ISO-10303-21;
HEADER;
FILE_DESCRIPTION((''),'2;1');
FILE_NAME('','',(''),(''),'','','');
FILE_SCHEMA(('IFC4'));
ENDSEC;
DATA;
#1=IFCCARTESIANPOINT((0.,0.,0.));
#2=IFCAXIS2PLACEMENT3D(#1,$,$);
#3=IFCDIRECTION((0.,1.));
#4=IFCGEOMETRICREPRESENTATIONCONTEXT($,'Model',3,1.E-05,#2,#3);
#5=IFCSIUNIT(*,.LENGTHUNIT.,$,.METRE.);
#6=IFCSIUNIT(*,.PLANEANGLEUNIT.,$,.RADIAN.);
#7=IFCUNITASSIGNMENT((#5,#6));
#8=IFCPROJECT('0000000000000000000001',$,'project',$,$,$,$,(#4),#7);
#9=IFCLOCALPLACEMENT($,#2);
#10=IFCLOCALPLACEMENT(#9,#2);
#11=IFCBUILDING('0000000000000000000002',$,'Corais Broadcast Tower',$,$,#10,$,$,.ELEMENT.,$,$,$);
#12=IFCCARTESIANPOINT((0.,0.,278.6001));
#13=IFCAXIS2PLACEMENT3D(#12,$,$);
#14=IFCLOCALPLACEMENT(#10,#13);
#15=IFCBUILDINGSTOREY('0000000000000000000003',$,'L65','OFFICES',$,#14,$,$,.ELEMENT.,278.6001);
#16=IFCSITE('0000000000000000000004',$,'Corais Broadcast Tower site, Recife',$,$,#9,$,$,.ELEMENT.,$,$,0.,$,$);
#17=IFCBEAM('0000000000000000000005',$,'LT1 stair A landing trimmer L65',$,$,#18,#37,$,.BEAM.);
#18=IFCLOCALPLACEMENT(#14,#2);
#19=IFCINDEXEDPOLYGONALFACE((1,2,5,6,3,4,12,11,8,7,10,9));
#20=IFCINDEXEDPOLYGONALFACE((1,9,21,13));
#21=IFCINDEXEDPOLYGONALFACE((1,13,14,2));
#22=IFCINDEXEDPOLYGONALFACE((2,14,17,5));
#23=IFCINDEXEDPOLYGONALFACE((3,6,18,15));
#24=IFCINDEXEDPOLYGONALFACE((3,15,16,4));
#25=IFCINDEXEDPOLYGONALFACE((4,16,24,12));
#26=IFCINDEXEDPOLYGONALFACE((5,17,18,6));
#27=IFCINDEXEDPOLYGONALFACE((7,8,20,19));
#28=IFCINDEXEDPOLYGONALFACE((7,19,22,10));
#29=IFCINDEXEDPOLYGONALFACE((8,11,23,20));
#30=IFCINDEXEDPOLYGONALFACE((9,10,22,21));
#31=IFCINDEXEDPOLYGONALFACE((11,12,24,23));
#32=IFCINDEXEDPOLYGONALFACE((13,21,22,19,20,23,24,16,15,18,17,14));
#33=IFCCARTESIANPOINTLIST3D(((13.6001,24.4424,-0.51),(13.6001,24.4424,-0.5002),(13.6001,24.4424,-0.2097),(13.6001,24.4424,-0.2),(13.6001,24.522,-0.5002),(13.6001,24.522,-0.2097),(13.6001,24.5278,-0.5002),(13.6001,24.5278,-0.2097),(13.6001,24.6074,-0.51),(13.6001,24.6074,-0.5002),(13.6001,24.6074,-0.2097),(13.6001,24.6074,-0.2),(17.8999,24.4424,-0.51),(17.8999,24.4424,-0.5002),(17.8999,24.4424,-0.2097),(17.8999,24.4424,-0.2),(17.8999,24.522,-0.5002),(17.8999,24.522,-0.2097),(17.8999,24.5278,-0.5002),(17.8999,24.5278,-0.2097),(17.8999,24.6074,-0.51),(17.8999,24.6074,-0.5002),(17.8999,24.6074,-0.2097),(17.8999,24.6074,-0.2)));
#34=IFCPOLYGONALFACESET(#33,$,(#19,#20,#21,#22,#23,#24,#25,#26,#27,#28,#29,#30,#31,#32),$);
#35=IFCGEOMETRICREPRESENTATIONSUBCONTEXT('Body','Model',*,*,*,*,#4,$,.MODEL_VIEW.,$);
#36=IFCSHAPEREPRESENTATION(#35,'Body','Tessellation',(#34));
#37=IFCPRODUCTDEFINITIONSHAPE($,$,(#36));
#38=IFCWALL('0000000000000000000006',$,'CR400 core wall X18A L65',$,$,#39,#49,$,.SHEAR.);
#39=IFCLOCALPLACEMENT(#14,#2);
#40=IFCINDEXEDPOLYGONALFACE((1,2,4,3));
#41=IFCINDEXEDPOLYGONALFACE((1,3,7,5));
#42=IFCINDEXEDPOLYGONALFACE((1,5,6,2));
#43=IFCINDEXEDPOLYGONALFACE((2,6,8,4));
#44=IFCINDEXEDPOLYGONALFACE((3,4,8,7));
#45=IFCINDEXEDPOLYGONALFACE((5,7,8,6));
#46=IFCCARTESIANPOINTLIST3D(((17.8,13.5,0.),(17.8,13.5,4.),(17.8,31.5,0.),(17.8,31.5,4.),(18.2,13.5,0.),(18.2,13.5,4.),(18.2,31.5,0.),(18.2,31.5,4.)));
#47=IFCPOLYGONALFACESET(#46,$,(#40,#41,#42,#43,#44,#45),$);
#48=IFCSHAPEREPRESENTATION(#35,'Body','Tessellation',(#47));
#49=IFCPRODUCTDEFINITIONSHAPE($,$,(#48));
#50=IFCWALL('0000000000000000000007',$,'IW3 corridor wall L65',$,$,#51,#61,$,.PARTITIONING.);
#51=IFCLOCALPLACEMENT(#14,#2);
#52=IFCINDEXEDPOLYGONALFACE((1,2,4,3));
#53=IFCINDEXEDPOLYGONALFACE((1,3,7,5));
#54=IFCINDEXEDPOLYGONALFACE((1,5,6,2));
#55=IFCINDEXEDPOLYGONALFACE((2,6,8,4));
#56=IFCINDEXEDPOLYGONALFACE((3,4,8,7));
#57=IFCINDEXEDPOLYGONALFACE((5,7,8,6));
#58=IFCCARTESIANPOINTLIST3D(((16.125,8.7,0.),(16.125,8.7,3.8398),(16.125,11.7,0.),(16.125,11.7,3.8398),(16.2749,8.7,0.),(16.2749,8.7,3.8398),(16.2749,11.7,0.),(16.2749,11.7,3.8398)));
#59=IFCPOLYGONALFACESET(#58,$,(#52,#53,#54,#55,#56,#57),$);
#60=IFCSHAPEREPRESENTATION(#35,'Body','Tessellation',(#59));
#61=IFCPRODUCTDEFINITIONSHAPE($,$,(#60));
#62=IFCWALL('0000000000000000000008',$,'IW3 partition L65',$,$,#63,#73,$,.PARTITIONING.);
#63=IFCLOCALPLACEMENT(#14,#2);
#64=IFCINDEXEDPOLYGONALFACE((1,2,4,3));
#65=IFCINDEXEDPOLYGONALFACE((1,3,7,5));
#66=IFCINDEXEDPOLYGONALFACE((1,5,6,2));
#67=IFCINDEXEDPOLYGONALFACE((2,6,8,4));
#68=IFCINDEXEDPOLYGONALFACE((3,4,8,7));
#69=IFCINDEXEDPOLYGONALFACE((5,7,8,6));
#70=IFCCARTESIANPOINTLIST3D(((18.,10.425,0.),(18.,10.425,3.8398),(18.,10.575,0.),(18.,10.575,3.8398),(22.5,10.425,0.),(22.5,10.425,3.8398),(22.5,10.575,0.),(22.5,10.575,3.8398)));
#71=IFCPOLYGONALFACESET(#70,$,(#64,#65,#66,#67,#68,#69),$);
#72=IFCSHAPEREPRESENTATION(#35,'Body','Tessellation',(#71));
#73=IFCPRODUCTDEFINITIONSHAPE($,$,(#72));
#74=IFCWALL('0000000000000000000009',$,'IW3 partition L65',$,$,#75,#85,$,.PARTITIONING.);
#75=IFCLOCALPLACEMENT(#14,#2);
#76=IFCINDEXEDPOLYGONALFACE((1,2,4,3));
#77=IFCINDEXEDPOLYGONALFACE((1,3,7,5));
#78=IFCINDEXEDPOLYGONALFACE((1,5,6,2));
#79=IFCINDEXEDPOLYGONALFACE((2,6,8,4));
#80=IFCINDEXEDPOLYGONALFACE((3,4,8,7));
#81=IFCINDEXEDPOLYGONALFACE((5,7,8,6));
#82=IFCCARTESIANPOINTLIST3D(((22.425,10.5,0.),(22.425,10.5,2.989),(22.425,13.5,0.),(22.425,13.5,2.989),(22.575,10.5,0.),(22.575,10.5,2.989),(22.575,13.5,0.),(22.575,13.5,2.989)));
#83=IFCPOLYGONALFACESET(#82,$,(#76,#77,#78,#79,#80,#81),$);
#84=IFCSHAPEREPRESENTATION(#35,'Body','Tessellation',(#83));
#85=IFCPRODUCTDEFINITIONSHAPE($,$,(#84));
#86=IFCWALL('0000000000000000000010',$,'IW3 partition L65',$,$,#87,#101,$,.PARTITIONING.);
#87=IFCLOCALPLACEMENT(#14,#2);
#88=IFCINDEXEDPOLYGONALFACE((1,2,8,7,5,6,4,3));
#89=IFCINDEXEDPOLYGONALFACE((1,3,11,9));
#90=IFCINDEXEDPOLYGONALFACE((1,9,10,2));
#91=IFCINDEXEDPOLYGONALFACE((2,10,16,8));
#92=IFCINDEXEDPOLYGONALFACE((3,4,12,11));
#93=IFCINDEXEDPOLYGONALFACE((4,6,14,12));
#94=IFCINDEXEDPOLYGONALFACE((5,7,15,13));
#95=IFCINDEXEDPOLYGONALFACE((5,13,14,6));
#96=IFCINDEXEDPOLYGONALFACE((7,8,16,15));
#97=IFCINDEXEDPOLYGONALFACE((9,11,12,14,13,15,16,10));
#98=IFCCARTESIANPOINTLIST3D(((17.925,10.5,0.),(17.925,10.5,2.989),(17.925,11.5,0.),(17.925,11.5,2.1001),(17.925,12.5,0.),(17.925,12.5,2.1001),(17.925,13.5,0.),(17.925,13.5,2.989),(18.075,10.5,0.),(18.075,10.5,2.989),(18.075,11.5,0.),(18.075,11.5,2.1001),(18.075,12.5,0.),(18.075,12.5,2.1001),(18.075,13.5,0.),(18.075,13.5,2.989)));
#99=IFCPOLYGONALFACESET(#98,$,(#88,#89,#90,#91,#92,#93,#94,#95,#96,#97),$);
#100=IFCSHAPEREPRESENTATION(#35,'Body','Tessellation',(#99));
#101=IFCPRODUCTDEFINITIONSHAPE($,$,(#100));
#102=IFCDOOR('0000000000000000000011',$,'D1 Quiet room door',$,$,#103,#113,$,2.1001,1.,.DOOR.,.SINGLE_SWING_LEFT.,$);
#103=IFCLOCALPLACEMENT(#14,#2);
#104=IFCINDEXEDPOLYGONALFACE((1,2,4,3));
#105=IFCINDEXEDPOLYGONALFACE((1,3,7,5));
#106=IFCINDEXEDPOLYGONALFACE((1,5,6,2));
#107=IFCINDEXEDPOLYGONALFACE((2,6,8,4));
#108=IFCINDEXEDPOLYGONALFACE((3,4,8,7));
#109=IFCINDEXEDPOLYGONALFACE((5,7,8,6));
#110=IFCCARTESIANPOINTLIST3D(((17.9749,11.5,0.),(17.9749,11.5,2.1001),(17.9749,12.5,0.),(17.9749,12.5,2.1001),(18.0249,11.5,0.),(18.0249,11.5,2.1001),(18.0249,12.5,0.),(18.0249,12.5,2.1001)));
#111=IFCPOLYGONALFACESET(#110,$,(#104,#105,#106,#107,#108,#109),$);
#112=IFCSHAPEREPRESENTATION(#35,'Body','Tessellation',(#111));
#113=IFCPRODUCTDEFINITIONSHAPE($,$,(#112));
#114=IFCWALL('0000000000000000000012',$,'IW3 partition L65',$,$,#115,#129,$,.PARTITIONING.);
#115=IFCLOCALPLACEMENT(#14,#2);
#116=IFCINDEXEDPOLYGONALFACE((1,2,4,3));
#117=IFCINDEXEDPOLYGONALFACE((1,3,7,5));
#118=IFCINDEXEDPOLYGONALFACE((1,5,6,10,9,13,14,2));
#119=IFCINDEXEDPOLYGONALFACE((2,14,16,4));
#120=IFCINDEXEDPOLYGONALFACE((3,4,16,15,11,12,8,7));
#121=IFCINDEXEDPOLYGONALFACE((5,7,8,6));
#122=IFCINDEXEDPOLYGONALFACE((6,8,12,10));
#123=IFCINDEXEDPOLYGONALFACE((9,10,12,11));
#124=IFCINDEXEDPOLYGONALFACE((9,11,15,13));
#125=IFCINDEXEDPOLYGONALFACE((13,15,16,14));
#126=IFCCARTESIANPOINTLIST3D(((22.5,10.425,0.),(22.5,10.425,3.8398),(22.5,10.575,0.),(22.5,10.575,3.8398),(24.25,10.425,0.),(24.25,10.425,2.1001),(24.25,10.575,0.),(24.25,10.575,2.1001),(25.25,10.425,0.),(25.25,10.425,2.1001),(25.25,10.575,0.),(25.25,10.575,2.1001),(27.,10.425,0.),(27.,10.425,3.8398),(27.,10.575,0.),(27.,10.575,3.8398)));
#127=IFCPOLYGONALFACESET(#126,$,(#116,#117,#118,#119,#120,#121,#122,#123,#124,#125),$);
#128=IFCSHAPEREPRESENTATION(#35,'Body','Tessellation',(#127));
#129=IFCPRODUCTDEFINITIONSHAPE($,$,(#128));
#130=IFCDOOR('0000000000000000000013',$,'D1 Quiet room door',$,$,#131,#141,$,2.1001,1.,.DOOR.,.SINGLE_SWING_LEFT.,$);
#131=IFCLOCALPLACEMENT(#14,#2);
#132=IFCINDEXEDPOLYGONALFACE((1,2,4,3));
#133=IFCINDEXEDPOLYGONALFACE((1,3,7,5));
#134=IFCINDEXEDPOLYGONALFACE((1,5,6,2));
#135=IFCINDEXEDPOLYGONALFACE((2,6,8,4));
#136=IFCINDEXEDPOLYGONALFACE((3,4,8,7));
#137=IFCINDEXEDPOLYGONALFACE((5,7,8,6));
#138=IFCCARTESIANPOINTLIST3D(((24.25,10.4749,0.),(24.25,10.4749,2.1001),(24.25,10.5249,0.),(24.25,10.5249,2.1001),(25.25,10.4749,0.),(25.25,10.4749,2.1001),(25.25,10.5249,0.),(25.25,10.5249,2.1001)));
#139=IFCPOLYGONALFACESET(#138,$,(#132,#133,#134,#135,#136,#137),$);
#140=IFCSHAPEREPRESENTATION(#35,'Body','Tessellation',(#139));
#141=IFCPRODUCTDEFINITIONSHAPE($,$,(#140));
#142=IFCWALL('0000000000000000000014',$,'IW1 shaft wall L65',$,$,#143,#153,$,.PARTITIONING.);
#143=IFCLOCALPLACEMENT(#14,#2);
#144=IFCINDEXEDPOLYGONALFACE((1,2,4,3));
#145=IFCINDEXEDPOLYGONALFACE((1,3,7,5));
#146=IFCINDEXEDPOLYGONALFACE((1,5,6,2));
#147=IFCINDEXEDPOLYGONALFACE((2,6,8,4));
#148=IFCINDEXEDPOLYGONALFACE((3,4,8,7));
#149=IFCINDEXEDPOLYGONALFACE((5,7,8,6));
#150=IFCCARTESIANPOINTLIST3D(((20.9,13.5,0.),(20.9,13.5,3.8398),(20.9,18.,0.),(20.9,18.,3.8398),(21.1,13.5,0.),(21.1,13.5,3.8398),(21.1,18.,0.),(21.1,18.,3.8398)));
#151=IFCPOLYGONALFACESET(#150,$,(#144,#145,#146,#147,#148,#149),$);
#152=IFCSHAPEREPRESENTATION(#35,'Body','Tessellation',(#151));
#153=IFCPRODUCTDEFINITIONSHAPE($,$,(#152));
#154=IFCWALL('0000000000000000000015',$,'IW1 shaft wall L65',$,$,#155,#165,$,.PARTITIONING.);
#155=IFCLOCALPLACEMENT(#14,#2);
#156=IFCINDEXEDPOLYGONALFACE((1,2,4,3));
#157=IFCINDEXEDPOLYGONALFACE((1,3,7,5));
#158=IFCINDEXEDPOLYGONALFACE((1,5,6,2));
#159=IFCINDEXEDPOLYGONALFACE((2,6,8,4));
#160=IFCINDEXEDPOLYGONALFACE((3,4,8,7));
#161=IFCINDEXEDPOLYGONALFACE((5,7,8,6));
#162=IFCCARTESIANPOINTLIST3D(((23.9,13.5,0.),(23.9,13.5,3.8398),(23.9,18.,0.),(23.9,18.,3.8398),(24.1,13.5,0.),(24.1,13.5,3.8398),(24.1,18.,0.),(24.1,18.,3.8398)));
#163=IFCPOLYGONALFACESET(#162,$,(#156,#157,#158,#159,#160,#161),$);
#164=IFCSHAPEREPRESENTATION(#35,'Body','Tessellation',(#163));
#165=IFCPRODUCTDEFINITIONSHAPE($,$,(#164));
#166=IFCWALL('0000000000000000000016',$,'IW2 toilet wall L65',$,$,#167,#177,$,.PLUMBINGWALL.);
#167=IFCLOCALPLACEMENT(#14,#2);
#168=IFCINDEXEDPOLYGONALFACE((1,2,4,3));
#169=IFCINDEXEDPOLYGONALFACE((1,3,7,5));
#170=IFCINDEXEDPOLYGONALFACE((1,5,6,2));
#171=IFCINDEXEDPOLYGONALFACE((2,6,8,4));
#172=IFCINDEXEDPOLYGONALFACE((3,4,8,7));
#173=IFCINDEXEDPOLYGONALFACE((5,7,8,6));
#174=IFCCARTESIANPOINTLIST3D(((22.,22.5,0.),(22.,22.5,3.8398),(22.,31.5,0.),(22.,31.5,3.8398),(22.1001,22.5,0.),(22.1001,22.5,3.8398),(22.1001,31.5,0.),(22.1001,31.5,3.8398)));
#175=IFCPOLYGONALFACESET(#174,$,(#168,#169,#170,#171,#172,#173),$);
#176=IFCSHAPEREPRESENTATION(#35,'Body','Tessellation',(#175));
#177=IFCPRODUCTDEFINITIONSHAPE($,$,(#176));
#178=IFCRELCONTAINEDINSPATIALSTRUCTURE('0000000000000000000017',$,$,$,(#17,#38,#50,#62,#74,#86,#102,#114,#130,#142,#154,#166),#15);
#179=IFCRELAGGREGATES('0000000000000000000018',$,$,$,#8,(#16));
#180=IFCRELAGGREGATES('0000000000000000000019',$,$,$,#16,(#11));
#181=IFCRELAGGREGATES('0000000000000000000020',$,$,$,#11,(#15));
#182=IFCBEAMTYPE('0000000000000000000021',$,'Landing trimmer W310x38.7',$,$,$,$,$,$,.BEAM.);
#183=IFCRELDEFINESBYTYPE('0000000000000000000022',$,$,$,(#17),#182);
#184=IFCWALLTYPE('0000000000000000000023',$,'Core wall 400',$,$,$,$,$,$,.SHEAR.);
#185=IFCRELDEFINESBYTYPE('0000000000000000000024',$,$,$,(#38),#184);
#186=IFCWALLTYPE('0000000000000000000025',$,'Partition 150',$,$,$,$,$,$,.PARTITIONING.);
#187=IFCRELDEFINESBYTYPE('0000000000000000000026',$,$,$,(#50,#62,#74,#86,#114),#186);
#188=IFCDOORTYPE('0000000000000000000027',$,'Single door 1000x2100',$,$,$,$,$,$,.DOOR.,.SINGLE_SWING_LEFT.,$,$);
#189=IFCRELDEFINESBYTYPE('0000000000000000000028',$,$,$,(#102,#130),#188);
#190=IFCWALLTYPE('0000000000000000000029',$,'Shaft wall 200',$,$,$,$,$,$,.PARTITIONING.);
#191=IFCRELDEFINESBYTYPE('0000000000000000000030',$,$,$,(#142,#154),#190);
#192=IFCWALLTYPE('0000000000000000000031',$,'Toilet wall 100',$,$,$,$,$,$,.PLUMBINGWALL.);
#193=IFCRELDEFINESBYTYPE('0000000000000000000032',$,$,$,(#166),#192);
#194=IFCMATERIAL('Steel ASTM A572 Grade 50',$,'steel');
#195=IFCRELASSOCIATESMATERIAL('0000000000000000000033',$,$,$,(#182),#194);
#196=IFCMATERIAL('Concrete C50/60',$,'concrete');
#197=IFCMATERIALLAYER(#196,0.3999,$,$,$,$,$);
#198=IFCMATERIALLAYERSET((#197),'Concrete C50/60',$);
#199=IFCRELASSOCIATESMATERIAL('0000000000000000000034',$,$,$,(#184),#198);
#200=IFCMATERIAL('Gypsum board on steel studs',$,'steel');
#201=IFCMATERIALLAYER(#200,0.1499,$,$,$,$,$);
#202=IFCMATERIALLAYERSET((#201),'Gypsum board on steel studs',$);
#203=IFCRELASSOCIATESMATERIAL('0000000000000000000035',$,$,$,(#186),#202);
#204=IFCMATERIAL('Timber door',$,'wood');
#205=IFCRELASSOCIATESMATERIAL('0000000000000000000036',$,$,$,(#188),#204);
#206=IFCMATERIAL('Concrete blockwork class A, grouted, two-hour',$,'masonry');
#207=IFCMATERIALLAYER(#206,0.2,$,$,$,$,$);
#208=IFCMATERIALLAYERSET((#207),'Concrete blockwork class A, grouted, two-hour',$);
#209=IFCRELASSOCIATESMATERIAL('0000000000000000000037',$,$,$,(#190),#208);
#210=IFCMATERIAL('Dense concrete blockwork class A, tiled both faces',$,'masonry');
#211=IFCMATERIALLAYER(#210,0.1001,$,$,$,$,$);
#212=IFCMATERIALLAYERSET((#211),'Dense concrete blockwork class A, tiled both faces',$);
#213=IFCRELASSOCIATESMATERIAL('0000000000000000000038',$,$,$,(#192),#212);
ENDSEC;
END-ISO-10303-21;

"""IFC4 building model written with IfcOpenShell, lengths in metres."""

from ifc_helpers import new_model, si_unit, direction, frame, frame_2d, origin, origin_2d, place, context, subcontext, project, spatial, rectangle, i_section, extrude, material, layer, layer_set, material_profile, profile_set, type_object, element, fill, save


model = new_model("IFC4")

# Units and contexts
model_context = context("Model", 3, precision=1e-05, world=origin(), true_north=direction((0.0, 1.0)))
body_context = subcontext(model_context, "Body", "Model", "MODEL_VIEW")
ifc_project = project(units=[si_unit("LENGTHUNIT", "METRE"), si_unit("PLANEANGLEUNIT", "RADIAN")], contexts=[model_context])

# Site, building, storey
site_placement = place(None, origin())
site = spatial("IfcSite", under=ifc_project, at=site_placement, Name="Corais Broadcast Tower site, Recife", CompositionType="ELEMENT", RefElevation=0.0)
building_placement = place(site_placement, origin())
building = spatial("IfcBuilding", under=site, at=building_placement, Name="Corais Broadcast Tower", CompositionType="ELEMENT")
storey_placement = place(building_placement, frame((0.0, 0.0, 278.6001)))
storey = spatial("IfcBuildingStorey", under=building, at=storey_placement, Name="L65", Description="OFFICES", CompositionType="ELEMENT", Elevation=278.6001)

# Beam
ifc_material_1 = material(Name="Steel ASTM A572 Grade 50", Category="steel")
ifc_material_profile = material_profile(ifc_material_1, i_section(OverallWidth=0.165, OverallDepth=0.3101, WebThickness=0.0059, FlangeThickness=0.0098, at=origin_2d()), Name="W310x38.7")
ifc_profile_set = profile_set([ifc_material_profile], Name="Steel ASTM A572 Grade 50")
beam_type = type_object("IfcBeamType", Name="Landing trimmer W310x38.7", PredefinedType="BEAM", material=ifc_profile_set)
beam_placement = place(storey_placement, frame((13.6001, 24.5249, -0.355), z_axis=(1.0, 0.0, 0.0), x_axis=(0.0, 1.0, 0.0)))
element("IfcBeam", 1, at=beam_placement, inside=storey, type_object=beam_type, Name="LT1 stair A landing trimmer L65", PredefinedType="BEAM", context=body_context, shape_type="SweptSolid", body=[
    extrude(i_section(OverallWidth=0.165, OverallDepth=0.3101, WebThickness=0.0059, FlangeThickness=0.0098, at=origin_2d()), origin(), (0.0, 0.0, 1.0), 4.2998),
])

# Walls
ifc_material_2 = material(Name="Concrete C50/60", Category="concrete")
ifc_layer_1 = layer(ifc_material_2, 0.3999)
ifc_layer_set_1 = layer_set([ifc_layer_1], Name="Concrete C50/60")
wall_type_1 = type_object("IfcWallType", Name="Core wall 400", PredefinedType="SHEAR", material=ifc_layer_set_1)
wall_1_placement = place(storey_placement, frame((18.0, 13.5, 0.0), z_axis=(0.0, 0.0, 1.0), x_axis=(0.0, 1.0, 0.0)))
element("IfcWall", 2, at=wall_1_placement, inside=storey, type_object=wall_type_1, Name="CR400 core wall X18A L65", PredefinedType="SHEAR", context=body_context, shape_type="SweptSolid", body=[
    extrude(rectangle(XDim=18.0, YDim=0.3999, at=frame_2d((9.0, 0.0))), origin(), (0.0, 0.0, 1.0), 4.0),
])
ifc_material_3 = material(Name="Gypsum board on steel studs", Category="steel")
ifc_layer_2 = layer(ifc_material_3, 0.1499)
ifc_layer_set_2 = layer_set([ifc_layer_2], Name="Gypsum board on steel studs")
wall_type_2 = type_object("IfcWallType", Name="Partition 150", PredefinedType="PARTITIONING", material=ifc_layer_set_2)
wall_2_placement = place(storey_placement, frame((16.2, 11.7, 0.0), z_axis=(0.0, 0.0, 1.0), x_axis=(0.0, -1.0, 0.0)))
element("IfcWall", 3, at=wall_2_placement, inside=storey, type_object=wall_type_2, Name="IW3 corridor wall L65", PredefinedType="PARTITIONING", context=body_context, shape_type="SweptSolid", body=[
    extrude(rectangle(XDim=3.0, YDim=0.1499, at=frame_2d((1.5, 0.0))), origin(), (0.0, 0.0, 1.0), 3.8398),
])
wall_3_placement = place(storey_placement, frame((18.0, 10.5, 0.0), z_axis=(0.0, 0.0, 1.0), x_axis=(1.0, 0.0, 0.0)))
element("IfcWall", 4, at=wall_3_placement, inside=storey, type_object=wall_type_2, Name="IW3 partition L65", PredefinedType="PARTITIONING", context=body_context, shape_type="SweptSolid", body=[
    extrude(rectangle(XDim=4.5, YDim=0.1499, at=frame_2d((2.25, 0.0))), origin(), (0.0, 0.0, 1.0), 3.8398),
])
wall_4_placement = place(storey_placement, frame((22.5, 10.5, 0.0), z_axis=(0.0, 0.0, 1.0), x_axis=(0.0, 1.0, 0.0)))
element("IfcWall", 5, at=wall_4_placement, inside=storey, type_object=wall_type_2, Name="IW3 partition L65", PredefinedType="PARTITIONING", context=body_context, shape_type="SweptSolid", body=[
    extrude(rectangle(XDim=3.0, YDim=0.1499, at=frame_2d((1.5, 0.0))), origin(), (0.0, 0.0, 1.0), 2.989),
])

# Walls, openings, doors
wall_5_placement = place(storey_placement, frame((18.0, 13.5, 0.0), z_axis=(0.0, 0.0, 1.0), x_axis=(0.0, -1.0, 0.0)))
wall_5 = element("IfcWall", 6, at=wall_5_placement, inside=storey, type_object=wall_type_2, Name="IW3 partition L65", PredefinedType="PARTITIONING", context=body_context, shape_type="SweptSolid", body=[
    extrude(rectangle(XDim=3.0, YDim=0.1499, at=frame_2d((1.5, 0.0))), origin(), (0.0, 0.0, 1.0), 2.989),
])
opening_1_placement = place(wall_5_placement, frame((1.0, 0.0, 0.0)))
opening_1 = element("IfcOpeningElement", 7, at=opening_1_placement, cuts=wall_5, PredefinedType="OPENING", context=body_context, shape_type="SweptSolid", body=[
    extrude(rectangle(XDim=1.0, YDim=2.1001, at=frame_2d((0.5, 1.05))), frame((0.0, 0.085, 0.0), z_axis=(0.0, -1.0, 0.0), x_axis=(1.0, 0.0, 0.0)), (0.0, 0.0, 1.0), 0.1699),
])
ifc_material_4 = material(Name="Timber door", Category="wood")
door_type = type_object("IfcDoorType", Name="Single door 1000x2100", OperationType="SINGLE_SWING_LEFT", PredefinedType="DOOR", material=ifc_material_4)
door_1_placement = place(opening_1_placement, origin())
door_1 = element("IfcDoor", 8, at=door_1_placement, inside=storey, type_object=door_type, Name="D1 Quiet room door", OperationType="SINGLE_SWING_LEFT", OverallHeight=2.1001, OverallWidth=1.0, PredefinedType="DOOR", context=body_context, shape_type="SweptSolid", body=[
    extrude(rectangle(XDim=1.0, YDim=2.1001, at=frame_2d((0.5, 1.05))), frame((0.0, 0.0249, 0.0), z_axis=(0.0, -1.0, 0.0), x_axis=(1.0, 0.0, 0.0)), (0.0, 0.0, 1.0), 0.05),
])
fill(opening_1, door_1)
wall_6_placement = place(storey_placement, frame((22.5, 10.5, 0.0), z_axis=(0.0, 0.0, 1.0), x_axis=(1.0, 0.0, 0.0)))
wall_6 = element("IfcWall", 9, at=wall_6_placement, inside=storey, type_object=wall_type_2, Name="IW3 partition L65", PredefinedType="PARTITIONING", context=body_context, shape_type="SweptSolid", body=[
    extrude(rectangle(XDim=4.5, YDim=0.1499, at=frame_2d((2.25, 0.0))), origin(), (0.0, 0.0, 1.0), 3.8398),
])
opening_2_placement = place(wall_6_placement, frame((1.75, 0.0, 0.0)))
opening_2 = element("IfcOpeningElement", 10, at=opening_2_placement, cuts=wall_6, PredefinedType="OPENING", context=body_context, shape_type="SweptSolid", body=[
    extrude(rectangle(XDim=1.0, YDim=2.1001, at=frame_2d((0.5, 1.05))), frame((0.0, 0.085, 0.0), z_axis=(0.0, -1.0, 0.0), x_axis=(1.0, 0.0, 0.0)), (0.0, 0.0, 1.0), 0.1699),
])
door_2_placement = place(opening_2_placement, origin())
door_2 = element("IfcDoor", 11, at=door_2_placement, inside=storey, type_object=door_type, Name="D1 Quiet room door", OperationType="SINGLE_SWING_LEFT", OverallHeight=2.1001, OverallWidth=1.0, PredefinedType="DOOR", context=body_context, shape_type="SweptSolid", body=[
    extrude(rectangle(XDim=1.0, YDim=2.1001, at=frame_2d((0.5, 1.05))), frame((0.0, 0.0249, 0.0), z_axis=(0.0, -1.0, 0.0), x_axis=(1.0, 0.0, 0.0)), (0.0, 0.0, 1.0), 0.05),
])
fill(opening_2, door_2)

# Walls
ifc_material_5 = material(Name="Concrete blockwork class A, grouted, two-hour", Category="masonry")
ifc_layer_3 = layer(ifc_material_5, 0.2)
ifc_layer_set_3 = layer_set([ifc_layer_3], Name="Concrete blockwork class A, grouted, two-hour")
wall_type_3 = type_object("IfcWallType", Name="Shaft wall 200", PredefinedType="PARTITIONING", material=ifc_layer_set_3)
for number, where, z_axis, x_axis, name in (
    (12, (21.0, 13.5, 0.0), (0.0, 0.0, 1.0), (0.0, 1.0, 0.0), "IW1 shaft wall L65"),
    (13, (24.0, 13.5, 0.0), (0.0, 0.0, 1.0), (0.0, 1.0, 0.0), "IW1 shaft wall L65"),
):
    element("IfcWall", number, at=place(storey_placement, frame(where, z_axis=z_axis, x_axis=x_axis)), inside=storey, type_object=wall_type_3, Name=name, PredefinedType="PARTITIONING", context=body_context, shape_type="SweptSolid", body=[
        extrude(rectangle(XDim=4.5, YDim=0.2, at=frame_2d((2.25, 0.0))), origin(), (0.0, 0.0, 1.0), 3.8398),
    ])
ifc_material_6 = material(Name="Dense concrete blockwork class A, tiled both faces", Category="masonry")
ifc_layer_4 = layer(ifc_material_6, 0.1001)
ifc_layer_set_4 = layer_set([ifc_layer_4], Name="Dense concrete blockwork class A, tiled both faces")
wall_type_4 = type_object("IfcWallType", Name="Toilet wall 100", PredefinedType="PLUMBINGWALL", material=ifc_layer_set_4)
wall_7_placement = place(storey_placement, frame((22.05, 22.5, 0.0), z_axis=(0.0, 0.0, 1.0), x_axis=(0.0, 1.0, 0.0)))
element("IfcWall", 14, at=wall_7_placement, inside=storey, type_object=wall_type_4, Name="IW2 toilet wall L65", PredefinedType="PLUMBINGWALL", context=body_context, shape_type="SweptSolid", body=[
    extrude(rectangle(XDim=9.0, YDim=0.1001, at=frame_2d((4.5, 0.0))), origin(), (0.0, 0.0, 1.0), 3.8398),
])

save(model, "model.ifc")
